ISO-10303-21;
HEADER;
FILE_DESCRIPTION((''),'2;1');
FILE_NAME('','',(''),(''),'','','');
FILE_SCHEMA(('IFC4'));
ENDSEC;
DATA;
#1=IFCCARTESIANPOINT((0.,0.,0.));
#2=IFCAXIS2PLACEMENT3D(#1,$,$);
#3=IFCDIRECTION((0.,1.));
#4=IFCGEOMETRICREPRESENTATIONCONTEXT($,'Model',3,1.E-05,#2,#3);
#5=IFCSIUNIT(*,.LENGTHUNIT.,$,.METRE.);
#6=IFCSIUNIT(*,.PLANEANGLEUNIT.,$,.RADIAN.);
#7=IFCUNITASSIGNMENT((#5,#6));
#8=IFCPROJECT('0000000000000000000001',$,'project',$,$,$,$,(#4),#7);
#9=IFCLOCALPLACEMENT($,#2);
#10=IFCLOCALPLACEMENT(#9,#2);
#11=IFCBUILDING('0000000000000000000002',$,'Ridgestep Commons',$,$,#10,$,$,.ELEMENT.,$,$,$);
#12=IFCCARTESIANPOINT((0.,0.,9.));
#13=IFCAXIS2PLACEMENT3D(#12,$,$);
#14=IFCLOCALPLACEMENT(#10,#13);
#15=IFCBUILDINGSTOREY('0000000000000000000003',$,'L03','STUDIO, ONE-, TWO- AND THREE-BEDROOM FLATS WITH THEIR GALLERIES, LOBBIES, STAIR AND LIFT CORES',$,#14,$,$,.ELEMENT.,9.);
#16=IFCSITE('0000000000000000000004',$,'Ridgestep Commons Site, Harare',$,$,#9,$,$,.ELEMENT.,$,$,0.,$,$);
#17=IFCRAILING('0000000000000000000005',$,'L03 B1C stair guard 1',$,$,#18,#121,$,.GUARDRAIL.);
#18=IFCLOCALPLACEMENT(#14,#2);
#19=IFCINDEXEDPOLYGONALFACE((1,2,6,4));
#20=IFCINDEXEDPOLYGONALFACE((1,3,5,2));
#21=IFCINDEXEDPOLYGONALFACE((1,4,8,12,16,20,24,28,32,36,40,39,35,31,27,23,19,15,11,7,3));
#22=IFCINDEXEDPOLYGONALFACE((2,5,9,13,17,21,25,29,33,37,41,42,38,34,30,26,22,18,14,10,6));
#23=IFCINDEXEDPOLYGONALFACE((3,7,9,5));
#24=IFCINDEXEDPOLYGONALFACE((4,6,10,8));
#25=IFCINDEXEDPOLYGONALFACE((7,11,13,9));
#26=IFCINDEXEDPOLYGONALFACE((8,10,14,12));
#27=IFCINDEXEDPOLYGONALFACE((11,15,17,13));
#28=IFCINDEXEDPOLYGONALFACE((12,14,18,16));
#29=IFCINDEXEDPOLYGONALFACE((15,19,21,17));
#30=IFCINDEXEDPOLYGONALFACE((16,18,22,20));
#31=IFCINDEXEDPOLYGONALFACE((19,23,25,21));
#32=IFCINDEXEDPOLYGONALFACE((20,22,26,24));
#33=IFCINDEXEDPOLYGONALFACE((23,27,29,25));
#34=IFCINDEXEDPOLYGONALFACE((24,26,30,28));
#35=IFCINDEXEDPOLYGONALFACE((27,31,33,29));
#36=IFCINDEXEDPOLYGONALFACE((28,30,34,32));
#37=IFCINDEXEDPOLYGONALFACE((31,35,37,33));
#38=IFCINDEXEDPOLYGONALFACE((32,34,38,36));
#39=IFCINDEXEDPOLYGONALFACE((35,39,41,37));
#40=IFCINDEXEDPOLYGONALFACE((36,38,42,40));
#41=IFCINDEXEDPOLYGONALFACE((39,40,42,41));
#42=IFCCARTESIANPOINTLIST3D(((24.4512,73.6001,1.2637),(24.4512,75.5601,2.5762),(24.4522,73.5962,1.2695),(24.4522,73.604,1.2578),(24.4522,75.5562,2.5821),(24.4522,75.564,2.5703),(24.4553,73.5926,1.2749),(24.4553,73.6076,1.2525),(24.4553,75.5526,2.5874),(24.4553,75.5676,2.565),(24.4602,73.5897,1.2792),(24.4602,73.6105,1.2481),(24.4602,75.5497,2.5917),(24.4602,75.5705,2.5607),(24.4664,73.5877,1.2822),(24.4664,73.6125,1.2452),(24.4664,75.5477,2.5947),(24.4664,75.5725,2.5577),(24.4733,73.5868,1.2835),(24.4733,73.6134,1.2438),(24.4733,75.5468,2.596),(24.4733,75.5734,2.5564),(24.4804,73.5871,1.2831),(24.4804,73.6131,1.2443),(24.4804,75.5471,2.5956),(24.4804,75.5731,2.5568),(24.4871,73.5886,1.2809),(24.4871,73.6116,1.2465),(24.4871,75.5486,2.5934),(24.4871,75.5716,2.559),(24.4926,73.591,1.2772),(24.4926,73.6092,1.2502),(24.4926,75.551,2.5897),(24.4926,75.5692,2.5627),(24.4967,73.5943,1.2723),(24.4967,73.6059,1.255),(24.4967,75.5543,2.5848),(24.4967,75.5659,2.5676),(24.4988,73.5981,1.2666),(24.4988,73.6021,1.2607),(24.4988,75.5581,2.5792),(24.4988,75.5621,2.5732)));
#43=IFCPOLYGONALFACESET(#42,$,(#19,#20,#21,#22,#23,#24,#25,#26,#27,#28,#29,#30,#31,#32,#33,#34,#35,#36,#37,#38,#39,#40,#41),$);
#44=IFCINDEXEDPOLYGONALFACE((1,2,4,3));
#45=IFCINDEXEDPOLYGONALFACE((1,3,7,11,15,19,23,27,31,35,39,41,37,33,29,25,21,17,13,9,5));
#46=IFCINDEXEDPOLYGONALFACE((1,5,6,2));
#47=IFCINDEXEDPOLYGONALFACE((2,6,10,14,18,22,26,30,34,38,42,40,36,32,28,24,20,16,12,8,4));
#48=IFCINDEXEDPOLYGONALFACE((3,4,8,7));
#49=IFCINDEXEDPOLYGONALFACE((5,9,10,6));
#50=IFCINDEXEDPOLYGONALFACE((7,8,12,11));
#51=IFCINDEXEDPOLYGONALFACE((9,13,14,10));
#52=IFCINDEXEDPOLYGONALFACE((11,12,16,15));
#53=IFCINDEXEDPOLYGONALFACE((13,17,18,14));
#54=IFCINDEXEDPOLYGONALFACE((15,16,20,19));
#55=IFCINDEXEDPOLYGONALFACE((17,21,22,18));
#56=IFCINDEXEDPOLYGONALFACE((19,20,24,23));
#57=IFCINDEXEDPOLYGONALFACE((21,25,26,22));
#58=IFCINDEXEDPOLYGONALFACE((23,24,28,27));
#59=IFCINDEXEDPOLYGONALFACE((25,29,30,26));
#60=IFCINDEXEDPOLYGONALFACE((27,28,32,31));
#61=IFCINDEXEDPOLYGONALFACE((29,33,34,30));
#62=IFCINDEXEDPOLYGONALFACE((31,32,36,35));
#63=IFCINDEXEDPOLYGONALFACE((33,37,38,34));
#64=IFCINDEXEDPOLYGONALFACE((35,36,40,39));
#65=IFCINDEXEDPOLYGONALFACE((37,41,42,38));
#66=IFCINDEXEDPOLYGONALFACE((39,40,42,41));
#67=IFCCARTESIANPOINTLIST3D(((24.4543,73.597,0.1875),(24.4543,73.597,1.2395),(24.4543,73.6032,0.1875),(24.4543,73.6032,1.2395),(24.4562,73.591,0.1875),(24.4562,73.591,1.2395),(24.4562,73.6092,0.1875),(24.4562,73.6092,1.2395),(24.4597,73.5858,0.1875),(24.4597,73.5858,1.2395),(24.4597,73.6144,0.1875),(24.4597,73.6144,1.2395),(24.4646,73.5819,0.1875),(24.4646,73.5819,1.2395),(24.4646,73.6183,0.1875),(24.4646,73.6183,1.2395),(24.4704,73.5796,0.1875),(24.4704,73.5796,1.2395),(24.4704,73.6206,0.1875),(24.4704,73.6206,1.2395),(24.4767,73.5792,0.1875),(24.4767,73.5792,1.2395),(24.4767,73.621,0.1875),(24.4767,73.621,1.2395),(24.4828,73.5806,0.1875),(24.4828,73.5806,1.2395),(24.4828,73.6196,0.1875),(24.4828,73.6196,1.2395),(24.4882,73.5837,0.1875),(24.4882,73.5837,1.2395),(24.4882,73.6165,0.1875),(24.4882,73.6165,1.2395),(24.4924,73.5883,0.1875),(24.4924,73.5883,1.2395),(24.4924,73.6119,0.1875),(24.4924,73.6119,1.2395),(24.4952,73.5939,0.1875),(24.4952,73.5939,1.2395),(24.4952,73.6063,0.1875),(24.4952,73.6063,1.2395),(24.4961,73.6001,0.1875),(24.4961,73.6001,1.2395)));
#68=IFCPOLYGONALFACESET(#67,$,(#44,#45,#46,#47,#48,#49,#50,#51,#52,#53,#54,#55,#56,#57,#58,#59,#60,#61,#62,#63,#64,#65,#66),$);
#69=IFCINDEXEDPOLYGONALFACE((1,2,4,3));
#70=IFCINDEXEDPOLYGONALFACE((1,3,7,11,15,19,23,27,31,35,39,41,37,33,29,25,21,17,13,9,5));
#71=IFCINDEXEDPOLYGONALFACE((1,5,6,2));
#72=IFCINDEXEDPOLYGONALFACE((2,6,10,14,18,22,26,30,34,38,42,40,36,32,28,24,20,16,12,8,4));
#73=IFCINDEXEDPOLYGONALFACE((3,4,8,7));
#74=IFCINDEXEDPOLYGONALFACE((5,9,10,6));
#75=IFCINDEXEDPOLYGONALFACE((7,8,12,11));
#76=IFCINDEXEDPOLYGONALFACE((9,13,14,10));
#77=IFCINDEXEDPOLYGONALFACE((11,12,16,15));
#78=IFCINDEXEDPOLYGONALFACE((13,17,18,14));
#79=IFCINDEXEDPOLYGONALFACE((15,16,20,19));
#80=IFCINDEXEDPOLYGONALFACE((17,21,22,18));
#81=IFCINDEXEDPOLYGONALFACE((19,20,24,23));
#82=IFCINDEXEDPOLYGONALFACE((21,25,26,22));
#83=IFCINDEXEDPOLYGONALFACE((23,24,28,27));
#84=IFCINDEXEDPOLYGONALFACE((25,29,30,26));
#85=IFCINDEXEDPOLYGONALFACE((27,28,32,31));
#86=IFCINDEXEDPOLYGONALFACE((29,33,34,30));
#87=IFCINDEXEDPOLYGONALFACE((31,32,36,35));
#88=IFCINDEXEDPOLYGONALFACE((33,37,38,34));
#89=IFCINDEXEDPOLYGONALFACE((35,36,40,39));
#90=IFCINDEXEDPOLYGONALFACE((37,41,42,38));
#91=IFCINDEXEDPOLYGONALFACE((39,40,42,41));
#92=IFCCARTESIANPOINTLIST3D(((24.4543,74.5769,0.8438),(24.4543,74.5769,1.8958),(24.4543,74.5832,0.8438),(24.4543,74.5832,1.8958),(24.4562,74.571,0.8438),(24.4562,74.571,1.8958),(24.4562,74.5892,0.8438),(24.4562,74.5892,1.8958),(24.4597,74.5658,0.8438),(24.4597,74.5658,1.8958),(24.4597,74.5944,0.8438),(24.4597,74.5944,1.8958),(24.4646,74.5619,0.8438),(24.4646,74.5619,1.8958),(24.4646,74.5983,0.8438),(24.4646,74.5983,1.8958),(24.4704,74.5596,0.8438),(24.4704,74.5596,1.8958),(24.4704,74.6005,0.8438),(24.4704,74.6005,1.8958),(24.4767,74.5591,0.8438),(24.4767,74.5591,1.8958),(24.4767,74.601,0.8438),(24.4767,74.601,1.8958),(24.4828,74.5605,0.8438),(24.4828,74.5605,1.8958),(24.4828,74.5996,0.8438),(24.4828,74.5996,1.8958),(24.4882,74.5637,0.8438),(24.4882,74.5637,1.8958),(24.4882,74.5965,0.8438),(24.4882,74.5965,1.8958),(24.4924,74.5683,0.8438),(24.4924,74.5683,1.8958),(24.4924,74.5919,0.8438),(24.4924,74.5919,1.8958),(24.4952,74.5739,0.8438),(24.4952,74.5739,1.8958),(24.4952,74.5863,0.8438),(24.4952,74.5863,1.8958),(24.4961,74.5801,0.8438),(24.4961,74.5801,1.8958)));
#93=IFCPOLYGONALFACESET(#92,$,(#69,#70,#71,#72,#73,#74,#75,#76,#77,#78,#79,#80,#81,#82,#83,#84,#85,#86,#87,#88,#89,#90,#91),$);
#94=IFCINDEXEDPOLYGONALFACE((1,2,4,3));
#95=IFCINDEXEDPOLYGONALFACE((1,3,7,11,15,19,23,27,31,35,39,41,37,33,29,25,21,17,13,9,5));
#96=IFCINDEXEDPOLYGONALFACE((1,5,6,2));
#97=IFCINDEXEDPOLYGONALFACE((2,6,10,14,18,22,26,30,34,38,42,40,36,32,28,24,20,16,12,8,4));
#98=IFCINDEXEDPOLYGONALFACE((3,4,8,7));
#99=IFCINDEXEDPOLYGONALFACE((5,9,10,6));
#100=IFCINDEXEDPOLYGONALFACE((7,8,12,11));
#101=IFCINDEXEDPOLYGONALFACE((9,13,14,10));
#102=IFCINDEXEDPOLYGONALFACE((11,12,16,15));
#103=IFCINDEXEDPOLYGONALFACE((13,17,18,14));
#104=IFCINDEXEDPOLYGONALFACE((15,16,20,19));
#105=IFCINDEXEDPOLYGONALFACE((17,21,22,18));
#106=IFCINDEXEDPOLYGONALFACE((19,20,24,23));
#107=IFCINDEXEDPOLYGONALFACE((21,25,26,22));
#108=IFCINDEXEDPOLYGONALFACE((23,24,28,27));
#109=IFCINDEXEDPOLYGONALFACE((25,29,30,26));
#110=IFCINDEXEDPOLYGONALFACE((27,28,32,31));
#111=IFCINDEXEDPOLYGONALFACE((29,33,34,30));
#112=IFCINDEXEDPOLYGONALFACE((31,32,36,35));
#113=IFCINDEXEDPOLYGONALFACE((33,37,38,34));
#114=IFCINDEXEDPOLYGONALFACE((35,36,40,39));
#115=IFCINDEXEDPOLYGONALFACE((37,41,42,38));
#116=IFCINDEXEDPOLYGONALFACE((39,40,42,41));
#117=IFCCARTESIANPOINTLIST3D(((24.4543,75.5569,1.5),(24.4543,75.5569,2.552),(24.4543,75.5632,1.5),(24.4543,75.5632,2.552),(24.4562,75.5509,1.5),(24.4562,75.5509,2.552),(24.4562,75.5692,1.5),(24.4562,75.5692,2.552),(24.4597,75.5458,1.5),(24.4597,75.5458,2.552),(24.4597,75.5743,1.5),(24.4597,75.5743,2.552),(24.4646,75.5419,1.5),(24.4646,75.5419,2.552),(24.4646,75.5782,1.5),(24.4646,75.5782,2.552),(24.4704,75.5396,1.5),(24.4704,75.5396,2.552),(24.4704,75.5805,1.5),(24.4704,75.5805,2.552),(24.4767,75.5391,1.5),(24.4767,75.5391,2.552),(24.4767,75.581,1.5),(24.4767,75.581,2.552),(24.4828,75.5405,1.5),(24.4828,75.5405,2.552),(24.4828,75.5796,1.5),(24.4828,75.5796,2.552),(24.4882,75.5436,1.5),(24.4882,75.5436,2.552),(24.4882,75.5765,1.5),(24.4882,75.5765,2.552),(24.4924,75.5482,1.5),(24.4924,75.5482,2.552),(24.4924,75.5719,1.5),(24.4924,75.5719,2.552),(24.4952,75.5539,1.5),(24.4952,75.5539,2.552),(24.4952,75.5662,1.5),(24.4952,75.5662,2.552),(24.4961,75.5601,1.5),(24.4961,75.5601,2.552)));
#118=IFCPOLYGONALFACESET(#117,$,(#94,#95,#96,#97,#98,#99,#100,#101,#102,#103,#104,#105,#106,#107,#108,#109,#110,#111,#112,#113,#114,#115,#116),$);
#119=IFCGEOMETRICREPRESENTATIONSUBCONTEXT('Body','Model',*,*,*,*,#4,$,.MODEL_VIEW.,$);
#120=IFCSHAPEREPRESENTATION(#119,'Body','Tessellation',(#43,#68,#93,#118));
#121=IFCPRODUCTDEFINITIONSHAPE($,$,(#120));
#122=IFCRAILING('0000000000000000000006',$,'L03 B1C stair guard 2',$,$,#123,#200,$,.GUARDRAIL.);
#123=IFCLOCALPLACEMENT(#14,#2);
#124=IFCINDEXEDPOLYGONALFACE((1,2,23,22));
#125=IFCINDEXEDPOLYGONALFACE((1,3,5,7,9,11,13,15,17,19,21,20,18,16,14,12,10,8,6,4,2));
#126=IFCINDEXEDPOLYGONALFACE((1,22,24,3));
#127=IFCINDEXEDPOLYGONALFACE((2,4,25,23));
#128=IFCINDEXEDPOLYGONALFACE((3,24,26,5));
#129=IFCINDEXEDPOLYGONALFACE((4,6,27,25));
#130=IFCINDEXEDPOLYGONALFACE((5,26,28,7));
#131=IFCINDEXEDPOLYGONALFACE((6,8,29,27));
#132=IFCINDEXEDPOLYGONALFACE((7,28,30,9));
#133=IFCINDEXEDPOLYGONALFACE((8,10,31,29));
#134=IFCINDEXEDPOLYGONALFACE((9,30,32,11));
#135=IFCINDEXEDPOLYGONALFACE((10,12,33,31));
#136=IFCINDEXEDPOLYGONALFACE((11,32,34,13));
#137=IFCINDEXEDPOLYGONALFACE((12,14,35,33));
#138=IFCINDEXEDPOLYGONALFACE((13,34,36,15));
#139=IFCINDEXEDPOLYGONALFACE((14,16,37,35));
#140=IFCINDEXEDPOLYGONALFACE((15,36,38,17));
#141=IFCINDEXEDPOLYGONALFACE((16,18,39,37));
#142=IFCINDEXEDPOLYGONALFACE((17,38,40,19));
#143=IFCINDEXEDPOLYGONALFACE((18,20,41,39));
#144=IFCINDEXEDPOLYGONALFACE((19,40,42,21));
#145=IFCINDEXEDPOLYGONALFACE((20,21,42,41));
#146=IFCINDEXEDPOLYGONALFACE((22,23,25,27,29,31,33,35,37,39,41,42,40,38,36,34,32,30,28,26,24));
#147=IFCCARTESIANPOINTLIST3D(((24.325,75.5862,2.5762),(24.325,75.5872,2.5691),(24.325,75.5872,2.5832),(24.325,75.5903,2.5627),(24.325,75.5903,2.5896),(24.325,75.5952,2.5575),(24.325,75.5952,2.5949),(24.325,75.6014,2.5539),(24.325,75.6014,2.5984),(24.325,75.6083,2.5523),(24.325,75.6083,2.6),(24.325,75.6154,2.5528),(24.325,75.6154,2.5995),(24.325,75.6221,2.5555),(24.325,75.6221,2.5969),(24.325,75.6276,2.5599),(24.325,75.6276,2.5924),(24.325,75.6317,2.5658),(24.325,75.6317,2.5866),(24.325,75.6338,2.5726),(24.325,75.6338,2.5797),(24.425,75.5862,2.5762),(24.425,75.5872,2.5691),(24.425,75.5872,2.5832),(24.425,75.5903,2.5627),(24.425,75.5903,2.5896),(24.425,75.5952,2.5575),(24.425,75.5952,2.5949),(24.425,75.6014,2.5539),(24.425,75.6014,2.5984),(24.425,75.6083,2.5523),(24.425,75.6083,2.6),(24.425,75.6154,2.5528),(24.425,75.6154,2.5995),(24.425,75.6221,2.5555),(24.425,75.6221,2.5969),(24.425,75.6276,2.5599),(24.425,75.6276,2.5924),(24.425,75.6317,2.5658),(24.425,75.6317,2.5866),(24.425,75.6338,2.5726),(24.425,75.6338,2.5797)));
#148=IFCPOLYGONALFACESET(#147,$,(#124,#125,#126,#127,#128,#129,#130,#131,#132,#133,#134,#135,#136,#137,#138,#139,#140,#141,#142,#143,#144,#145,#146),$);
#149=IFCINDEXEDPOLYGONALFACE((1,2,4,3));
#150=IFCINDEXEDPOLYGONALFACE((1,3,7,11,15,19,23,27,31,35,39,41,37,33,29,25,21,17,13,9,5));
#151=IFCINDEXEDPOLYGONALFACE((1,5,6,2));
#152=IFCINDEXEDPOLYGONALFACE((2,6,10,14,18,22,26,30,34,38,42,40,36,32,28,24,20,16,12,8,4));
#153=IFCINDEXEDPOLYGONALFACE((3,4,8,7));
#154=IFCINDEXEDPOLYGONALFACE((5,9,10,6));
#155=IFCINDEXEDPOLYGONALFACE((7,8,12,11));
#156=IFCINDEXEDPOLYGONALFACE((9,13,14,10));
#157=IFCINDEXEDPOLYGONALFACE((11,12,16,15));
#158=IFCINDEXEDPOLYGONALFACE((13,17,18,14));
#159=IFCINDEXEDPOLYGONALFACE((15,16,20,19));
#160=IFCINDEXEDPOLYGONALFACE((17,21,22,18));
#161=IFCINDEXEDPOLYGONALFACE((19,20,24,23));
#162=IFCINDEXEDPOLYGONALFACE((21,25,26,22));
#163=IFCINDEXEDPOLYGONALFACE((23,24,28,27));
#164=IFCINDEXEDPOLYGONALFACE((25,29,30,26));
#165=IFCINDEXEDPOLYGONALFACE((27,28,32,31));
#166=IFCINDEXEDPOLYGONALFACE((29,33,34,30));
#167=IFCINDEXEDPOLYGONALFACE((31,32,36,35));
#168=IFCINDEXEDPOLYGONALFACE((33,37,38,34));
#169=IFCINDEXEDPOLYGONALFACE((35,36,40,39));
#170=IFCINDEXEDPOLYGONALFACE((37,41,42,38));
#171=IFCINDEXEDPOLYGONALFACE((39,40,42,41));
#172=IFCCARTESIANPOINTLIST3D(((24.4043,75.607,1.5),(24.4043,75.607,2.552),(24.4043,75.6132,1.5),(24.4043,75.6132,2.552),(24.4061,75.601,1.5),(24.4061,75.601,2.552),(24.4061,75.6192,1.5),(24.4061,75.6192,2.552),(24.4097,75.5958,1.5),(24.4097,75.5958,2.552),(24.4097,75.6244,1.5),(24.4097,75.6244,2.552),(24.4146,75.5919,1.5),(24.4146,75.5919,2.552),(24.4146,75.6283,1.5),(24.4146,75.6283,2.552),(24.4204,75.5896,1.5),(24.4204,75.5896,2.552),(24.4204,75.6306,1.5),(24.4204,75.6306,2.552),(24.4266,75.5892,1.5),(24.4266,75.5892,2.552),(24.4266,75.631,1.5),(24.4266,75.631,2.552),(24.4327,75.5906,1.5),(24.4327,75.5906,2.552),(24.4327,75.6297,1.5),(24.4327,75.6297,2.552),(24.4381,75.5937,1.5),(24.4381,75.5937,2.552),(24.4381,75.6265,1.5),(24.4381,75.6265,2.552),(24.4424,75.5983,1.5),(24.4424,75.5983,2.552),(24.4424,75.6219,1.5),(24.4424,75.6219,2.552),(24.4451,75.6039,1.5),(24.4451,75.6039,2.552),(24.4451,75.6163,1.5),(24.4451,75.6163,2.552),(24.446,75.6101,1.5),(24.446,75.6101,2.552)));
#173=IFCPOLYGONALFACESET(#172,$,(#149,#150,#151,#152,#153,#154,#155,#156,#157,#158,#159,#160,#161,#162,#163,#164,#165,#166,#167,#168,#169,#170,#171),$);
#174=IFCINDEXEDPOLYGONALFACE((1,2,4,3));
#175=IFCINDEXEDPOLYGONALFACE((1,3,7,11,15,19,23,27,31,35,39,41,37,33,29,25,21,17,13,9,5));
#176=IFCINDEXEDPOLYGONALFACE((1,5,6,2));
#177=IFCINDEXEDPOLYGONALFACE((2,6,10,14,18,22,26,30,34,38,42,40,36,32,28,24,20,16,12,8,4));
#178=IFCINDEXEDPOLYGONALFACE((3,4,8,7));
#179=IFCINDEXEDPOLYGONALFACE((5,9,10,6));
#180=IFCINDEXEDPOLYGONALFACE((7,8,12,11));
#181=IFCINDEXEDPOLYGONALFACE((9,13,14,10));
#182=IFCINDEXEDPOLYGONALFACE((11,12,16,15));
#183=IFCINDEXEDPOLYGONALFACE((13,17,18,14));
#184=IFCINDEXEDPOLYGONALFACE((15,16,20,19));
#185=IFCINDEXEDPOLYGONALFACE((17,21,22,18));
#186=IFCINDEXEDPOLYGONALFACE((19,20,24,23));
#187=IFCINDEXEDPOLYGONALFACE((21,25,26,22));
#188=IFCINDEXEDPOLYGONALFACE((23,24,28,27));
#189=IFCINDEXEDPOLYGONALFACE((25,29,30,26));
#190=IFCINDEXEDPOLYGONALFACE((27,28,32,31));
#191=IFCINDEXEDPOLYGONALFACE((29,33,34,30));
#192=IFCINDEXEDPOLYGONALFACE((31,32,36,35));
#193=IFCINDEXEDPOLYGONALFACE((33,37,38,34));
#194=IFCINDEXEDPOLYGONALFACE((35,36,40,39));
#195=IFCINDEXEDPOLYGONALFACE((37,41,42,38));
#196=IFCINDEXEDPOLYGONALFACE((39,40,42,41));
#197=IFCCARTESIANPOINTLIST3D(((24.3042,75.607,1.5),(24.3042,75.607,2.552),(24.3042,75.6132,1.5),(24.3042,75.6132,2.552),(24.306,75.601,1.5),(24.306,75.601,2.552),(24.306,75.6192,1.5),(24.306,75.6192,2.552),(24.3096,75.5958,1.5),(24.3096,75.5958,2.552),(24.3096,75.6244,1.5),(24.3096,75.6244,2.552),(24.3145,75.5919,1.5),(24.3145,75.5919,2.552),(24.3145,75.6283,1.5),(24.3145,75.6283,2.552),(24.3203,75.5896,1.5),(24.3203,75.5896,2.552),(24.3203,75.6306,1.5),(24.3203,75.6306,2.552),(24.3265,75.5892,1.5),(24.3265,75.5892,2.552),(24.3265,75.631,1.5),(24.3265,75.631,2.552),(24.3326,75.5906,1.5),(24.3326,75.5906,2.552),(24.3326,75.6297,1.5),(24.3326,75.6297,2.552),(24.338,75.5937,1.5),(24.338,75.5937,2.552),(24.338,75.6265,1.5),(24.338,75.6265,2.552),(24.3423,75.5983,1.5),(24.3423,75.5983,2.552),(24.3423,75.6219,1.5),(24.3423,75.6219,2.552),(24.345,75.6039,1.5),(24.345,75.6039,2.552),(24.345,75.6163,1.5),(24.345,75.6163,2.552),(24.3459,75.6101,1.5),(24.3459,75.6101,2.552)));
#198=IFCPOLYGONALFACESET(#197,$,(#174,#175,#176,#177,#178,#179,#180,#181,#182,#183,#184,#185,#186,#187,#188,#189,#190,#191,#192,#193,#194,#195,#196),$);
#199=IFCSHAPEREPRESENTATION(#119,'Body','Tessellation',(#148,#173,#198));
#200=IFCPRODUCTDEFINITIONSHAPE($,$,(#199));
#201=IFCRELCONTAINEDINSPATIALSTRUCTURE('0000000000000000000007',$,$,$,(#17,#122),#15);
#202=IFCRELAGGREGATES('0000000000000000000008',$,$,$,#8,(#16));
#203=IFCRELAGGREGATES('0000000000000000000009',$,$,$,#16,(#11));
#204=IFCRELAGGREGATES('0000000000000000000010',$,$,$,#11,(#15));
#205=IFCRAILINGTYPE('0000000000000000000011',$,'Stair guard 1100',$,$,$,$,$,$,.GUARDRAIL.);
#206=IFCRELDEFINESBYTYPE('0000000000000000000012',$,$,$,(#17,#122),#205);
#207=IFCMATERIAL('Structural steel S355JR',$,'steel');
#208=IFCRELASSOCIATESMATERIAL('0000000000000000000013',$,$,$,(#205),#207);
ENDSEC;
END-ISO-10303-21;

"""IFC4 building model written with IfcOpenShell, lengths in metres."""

from ifc_helpers import new_model, si_unit, direction, frame, origin, origin_2d, place, context, subcontext, project, spatial, circle, extrude, material, type_object, element, save


model = new_model("IFC4")

# Units and contexts
model_context = context("Model", 3, precision=1e-05, world=origin(), true_north=direction((0.0, 1.0)))
body_context = subcontext(model_context, "Body", "Model", "MODEL_VIEW")
ifc_project = project(units=[si_unit("LENGTHUNIT", "METRE"), si_unit("PLANEANGLEUNIT", "RADIAN")], contexts=[model_context])

# Site, building, storey
site_placement = place(None, origin())
site = spatial("IfcSite", under=ifc_project, at=site_placement, Name="Ridgestep Commons Site, Harare", CompositionType="ELEMENT", RefElevation=0.0)
building_placement = place(site_placement, origin())
building = spatial("IfcBuilding", under=site, at=building_placement, Name="Ridgestep Commons", CompositionType="ELEMENT")
storey_placement = place(building_placement, frame((0.0, 0.0, 9.0)))
storey = spatial("IfcBuildingStorey", under=building, at=storey_placement, Name="L03", Description="STUDIO, ONE-, TWO- AND THREE-BEDROOM FLATS WITH THEIR GALLERIES, LOBBIES, STAIR AND LIFT CORES", CompositionType="ELEMENT", Elevation=9.0)

# Railings
ifc_material_1 = material(Name="Structural steel S355JR", Category="steel")
railing_type_1 = type_object("IfcRailingType", Name="Stair guard 1100", PredefinedType="GUARDRAIL", material=ifc_material_1)
railing_1_placement = place(storey_placement, frame((24.4751, 73.6001, 0.1875)))
element("IfcRailing", 1, at=railing_1_placement, inside=storey, type_object=railing_type_1, Name="L03 B1C stair guard 1", PredefinedType="GUARDRAIL", context=body_context, shape_type="SweptSolid", body=[
    extrude(circle(Radius=0.0239, at=origin_2d()), frame((0.0, 0.0, 1.0762), z_axis=(0.0, 0.830902, 0.556419), x_axis=(-1.0, 0.0, 0.0)), (0.0, 0.0, 1.0), 2.3589),
    extrude(circle(Radius=0.021, at=origin_2d()), origin(), (0.0, 0.0, 1.0), 1.052),
    extrude(circle(Radius=0.021, at=origin_2d()), frame((0.0, 0.98, 0.6562)), (0.0, 0.0, 1.0), 1.052),
    extrude(circle(Radius=0.021, at=origin_2d()), frame((0.0, 1.96, 1.3125)), (0.0, 0.0, 1.0), 1.052),
])
railing_2_placement = place(storey_placement, frame((24.425, 75.6101, 1.5)))
element("IfcRailing", 2, at=railing_2_placement, inside=storey, type_object=railing_type_1, Name="L03 B1C stair guard 2", PredefinedType="GUARDRAIL", context=body_context, shape_type="SweptSolid", body=[
    extrude(circle(Radius=0.0239, at=origin_2d()), frame((0.0, 0.0, 1.0762), z_axis=(-1.0, 0.0, 0.0), x_axis=(0.0, -1.0, 0.0)), (0.0, 0.0, 1.0), 0.1001),
    extrude(circle(Radius=0.021, at=origin_2d()), origin(), (0.0, 0.0, 1.0), 1.052),
    extrude(circle(Radius=0.021, at=origin_2d()), frame((-0.1001, 0.0, 0.0)), (0.0, 0.0, 1.0), 1.052),
])

save(model, "model.ifc")
